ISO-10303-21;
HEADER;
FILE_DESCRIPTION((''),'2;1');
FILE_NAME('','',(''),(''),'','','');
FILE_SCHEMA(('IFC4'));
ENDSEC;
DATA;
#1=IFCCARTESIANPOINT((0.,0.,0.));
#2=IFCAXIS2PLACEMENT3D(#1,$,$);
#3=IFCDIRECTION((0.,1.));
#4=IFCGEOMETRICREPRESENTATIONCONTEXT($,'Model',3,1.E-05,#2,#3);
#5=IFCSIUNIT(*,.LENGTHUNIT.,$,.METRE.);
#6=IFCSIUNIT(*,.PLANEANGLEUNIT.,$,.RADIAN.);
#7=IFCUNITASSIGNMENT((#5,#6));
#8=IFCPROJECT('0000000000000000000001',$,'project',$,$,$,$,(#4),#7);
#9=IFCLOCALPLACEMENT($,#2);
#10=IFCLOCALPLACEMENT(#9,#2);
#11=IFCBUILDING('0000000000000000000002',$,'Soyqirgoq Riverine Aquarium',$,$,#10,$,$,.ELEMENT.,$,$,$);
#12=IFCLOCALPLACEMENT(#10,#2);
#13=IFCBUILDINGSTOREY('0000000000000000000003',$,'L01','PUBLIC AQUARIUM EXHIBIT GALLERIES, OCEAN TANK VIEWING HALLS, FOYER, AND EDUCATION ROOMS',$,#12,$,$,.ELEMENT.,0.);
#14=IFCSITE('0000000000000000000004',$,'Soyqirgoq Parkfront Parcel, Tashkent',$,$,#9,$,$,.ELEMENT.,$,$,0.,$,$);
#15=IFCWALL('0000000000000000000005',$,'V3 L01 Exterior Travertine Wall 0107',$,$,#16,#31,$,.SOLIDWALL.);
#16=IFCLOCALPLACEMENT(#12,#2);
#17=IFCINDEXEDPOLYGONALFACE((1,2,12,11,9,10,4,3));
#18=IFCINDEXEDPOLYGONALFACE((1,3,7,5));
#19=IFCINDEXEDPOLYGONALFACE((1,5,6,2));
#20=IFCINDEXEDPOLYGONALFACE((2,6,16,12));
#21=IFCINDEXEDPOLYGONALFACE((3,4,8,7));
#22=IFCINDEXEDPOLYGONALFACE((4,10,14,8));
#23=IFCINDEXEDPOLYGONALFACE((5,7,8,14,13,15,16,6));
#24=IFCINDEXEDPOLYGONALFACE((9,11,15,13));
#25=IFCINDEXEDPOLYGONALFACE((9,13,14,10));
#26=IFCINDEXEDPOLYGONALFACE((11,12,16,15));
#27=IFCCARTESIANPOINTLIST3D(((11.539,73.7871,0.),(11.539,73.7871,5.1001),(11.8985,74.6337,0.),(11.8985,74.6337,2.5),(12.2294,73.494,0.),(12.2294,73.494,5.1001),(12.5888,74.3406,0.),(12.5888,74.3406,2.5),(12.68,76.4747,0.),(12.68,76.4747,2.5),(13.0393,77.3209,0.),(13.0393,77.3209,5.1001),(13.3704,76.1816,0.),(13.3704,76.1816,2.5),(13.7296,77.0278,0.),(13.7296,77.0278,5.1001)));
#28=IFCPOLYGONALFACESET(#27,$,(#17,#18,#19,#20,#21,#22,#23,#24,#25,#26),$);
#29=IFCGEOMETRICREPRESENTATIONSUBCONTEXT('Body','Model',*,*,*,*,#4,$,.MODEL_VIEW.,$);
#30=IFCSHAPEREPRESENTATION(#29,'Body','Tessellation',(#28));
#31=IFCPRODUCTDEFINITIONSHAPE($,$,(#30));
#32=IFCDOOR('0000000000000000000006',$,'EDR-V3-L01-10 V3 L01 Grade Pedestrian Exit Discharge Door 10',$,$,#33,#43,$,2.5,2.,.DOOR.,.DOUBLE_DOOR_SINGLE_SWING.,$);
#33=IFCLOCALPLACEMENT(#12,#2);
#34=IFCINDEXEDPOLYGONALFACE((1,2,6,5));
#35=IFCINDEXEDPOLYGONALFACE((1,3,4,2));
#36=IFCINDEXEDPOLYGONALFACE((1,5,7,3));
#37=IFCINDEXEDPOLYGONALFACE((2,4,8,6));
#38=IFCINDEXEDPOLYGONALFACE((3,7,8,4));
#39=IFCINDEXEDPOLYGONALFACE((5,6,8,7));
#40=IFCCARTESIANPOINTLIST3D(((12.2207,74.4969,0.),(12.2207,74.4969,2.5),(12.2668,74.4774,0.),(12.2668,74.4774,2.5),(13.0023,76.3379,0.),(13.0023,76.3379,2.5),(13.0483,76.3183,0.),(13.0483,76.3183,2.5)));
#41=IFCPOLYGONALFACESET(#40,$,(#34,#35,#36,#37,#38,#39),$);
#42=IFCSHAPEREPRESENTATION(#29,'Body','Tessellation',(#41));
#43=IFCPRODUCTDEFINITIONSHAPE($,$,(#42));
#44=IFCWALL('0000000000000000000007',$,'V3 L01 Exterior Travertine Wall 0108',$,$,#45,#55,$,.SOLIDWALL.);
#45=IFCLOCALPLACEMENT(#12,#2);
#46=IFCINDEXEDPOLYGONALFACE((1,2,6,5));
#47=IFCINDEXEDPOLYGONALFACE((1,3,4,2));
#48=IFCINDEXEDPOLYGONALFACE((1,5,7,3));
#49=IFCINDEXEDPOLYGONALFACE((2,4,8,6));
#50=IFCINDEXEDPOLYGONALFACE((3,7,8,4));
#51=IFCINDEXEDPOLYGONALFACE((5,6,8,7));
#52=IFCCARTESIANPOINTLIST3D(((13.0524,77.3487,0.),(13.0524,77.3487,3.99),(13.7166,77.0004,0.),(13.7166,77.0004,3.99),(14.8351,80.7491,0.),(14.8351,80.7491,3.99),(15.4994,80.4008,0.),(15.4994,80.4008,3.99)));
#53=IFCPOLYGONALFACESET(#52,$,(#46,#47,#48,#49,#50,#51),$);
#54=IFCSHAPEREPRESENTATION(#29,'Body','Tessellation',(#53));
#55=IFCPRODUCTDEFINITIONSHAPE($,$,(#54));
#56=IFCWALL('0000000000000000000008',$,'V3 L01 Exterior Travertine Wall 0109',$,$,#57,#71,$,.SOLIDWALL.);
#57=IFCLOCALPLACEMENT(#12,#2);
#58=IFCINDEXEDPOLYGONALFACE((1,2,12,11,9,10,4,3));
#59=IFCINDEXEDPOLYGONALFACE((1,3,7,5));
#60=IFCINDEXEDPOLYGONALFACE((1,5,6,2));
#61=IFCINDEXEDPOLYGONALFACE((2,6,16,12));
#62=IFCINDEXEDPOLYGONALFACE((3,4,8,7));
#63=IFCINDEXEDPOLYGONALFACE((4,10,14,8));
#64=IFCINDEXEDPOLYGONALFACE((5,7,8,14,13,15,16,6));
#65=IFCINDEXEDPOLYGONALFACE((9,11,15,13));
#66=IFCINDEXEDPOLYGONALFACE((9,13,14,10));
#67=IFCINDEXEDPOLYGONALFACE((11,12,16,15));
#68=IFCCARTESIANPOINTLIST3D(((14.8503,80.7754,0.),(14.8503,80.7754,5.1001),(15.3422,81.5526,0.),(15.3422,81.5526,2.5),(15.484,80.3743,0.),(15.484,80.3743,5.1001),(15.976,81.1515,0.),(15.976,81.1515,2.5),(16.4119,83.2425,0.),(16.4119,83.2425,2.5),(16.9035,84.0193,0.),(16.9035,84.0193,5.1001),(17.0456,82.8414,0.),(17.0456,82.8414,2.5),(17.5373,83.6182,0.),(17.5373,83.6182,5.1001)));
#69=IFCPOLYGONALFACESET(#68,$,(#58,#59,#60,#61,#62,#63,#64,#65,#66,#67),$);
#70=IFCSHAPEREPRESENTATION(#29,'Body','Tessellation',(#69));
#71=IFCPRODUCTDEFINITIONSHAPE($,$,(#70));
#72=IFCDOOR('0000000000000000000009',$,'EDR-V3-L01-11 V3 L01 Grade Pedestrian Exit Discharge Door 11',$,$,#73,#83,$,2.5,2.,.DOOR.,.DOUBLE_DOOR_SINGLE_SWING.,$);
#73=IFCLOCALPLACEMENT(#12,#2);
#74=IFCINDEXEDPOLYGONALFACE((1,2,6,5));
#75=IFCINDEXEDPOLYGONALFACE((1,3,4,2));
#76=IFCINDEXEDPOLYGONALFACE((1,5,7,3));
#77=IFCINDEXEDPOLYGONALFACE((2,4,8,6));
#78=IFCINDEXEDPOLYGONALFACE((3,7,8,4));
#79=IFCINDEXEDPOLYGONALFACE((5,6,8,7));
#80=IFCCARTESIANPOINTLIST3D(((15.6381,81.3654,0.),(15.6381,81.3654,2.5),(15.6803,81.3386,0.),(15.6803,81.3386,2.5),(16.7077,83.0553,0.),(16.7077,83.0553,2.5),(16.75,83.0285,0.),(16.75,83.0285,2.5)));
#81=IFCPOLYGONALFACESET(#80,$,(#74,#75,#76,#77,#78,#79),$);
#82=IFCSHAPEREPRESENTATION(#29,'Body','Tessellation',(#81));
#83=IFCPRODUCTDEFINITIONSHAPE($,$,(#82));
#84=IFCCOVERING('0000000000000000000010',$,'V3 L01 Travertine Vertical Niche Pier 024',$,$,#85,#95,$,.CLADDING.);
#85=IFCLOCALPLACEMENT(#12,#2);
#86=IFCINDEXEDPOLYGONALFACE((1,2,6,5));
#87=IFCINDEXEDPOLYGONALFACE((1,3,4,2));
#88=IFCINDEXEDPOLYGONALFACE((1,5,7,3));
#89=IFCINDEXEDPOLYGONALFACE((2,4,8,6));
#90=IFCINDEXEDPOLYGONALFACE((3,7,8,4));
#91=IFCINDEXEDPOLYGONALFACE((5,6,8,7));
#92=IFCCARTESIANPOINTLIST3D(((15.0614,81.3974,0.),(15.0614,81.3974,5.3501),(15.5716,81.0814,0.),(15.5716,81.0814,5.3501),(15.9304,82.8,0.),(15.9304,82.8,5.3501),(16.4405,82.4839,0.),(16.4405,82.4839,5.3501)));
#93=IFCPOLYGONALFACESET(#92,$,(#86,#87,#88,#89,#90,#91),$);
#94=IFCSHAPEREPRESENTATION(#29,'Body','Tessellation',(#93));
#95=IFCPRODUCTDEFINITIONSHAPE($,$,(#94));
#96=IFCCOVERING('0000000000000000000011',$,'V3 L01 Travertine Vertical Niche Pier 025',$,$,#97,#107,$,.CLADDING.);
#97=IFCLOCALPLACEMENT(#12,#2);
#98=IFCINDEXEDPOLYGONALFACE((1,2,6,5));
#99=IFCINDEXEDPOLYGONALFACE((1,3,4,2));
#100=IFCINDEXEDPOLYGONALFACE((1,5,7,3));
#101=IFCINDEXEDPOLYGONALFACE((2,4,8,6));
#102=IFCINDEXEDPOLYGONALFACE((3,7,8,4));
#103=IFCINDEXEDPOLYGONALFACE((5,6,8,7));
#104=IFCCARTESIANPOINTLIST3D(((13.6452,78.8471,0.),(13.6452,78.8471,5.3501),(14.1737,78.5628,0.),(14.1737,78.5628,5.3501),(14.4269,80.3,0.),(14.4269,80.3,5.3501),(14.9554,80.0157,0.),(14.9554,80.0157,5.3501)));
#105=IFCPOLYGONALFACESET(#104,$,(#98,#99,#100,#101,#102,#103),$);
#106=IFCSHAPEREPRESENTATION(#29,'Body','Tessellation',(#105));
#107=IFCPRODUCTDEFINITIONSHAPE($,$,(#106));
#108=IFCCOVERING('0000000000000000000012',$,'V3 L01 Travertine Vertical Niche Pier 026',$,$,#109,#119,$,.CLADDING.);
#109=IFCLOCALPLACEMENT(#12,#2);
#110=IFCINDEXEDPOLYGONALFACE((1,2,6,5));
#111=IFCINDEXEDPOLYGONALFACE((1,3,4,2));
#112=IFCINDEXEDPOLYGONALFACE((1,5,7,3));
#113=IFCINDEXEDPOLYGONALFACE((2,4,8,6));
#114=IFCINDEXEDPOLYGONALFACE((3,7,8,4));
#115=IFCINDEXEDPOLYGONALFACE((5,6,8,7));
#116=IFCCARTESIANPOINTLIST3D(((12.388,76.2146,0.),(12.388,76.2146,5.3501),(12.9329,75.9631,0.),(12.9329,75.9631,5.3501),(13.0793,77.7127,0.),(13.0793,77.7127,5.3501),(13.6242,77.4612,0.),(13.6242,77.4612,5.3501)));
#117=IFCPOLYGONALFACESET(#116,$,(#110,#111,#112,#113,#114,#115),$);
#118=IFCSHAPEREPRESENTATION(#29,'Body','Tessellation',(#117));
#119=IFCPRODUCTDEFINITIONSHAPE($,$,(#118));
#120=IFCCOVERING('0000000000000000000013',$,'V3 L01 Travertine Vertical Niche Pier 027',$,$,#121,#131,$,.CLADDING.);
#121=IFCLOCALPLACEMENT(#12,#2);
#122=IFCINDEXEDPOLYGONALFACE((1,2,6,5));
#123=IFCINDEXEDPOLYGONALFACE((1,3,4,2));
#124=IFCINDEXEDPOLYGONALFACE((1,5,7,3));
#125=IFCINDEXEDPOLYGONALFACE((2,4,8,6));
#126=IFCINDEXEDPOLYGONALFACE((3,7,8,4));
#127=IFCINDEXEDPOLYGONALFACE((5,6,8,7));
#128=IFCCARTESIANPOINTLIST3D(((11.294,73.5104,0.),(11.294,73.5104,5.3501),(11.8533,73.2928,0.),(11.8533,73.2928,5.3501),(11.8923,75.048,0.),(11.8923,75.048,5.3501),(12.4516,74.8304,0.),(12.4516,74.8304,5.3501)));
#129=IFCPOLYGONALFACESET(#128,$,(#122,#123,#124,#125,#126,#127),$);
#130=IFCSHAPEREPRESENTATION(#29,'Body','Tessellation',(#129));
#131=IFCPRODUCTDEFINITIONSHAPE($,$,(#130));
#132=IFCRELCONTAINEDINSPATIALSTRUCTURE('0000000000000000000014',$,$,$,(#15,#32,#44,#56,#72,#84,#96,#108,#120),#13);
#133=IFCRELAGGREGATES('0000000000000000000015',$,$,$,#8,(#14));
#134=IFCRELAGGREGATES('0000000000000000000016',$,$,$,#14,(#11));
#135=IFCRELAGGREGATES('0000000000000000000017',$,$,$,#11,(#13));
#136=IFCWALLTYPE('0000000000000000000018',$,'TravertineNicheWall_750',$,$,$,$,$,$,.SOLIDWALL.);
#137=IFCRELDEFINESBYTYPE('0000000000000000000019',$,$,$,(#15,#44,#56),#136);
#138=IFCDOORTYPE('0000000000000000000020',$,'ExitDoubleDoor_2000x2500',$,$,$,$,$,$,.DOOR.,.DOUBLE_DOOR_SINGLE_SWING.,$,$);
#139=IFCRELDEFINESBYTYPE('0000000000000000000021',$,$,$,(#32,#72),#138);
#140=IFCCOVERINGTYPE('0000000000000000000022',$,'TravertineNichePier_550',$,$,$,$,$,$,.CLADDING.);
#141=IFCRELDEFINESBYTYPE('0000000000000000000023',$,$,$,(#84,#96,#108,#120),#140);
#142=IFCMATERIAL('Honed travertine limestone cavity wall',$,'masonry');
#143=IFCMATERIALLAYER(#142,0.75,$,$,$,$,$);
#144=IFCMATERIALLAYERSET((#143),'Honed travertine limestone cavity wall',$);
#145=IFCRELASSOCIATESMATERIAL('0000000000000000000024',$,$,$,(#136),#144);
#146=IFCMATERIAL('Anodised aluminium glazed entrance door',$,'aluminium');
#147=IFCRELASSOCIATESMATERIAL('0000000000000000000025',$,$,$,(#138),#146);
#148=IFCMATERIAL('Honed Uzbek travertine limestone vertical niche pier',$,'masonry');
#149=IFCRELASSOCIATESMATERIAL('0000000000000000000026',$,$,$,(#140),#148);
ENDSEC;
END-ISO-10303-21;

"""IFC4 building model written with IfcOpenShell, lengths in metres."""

from ifc_helpers import new_model, si_unit, direction, frame, frame_2d, origin, origin_2d, place, context, subcontext, project, spatial, rectangle, extrude, material, layer, layer_set, type_object, element, fill, save


model = new_model("IFC4")

# Units and contexts
model_context = context("Model", 3, precision=1e-05, world=origin(), true_north=direction((0.0, 1.0)))
body_context = subcontext(model_context, "Body", "Model", "MODEL_VIEW")
ifc_project = project(units=[si_unit("LENGTHUNIT", "METRE"), si_unit("PLANEANGLEUNIT", "RADIAN")], contexts=[model_context])

# Site, building, storey
site_placement = place(None, origin())
site = spatial("IfcSite", under=ifc_project, at=site_placement, Name="Soyqirgoq Parkfront Parcel, Tashkent", CompositionType="ELEMENT", RefElevation=0.0)
building_placement = place(site_placement, origin())
building = spatial("IfcBuilding", under=site, at=building_placement, Name="Soyqirgoq Riverine Aquarium", CompositionType="ELEMENT")
storey_placement = place(building_placement, origin())
storey = spatial("IfcBuildingStorey", under=building, at=storey_placement, Name="L01", Description="PUBLIC AQUARIUM EXHIBIT GALLERIES, OCEAN TANK VIEWING HALLS, FOYER, AND EDUCATION ROOMS", CompositionType="ELEMENT", Elevation=0.0)

# Wall, opening, door
ifc_material_1 = material(Name="Honed travertine limestone cavity wall", Category="masonry")
ifc_layer_1 = layer(ifc_material_1, 0.75)
ifc_layer_set_1 = layer_set([ifc_layer_1], Name="Honed travertine limestone cavity wall")
wall_type = type_object("IfcWallType", Name="TravertineNicheWall_750", PredefinedType="SOLIDWALL", material=ifc_layer_set_1)
wall_1_placement = place(storey_placement, frame((11.8843, 73.6406, 0.0), z_axis=(0.0, 0.0, 1.0), x_axis=(0.39077, 0.920488, 0.0)))
wall_1 = element("IfcWall", 1, at=wall_1_placement, inside=storey, type_object=wall_type, Name="V3 L01 Exterior Travertine Wall 0107", PredefinedType="SOLIDWALL", context=body_context, shape_type="SweptSolid", body=[
    extrude(rectangle(XDim=3.8391, YDim=0.75, at=frame_2d((1.9194, 0.0))), origin(), (0.0, 0.0, 1.0), 5.1001),
])
opening_1_placement = place(wall_1_placement, frame((0.9197, 0.0, 0.0)))
opening_1 = element("IfcOpeningElement", 2, at=opening_1_placement, cuts=wall_1, PredefinedType="OPENING", context=body_context, shape_type="SweptSolid", body=[
    extrude(rectangle(XDim=2.0, YDim=2.5, at=frame_2d((1.0, 1.25))), frame((0.0, 0.385, 0.0), z_axis=(0.0, -1.0, 0.0), x_axis=(1.0, 0.0, 0.0)), (0.0, 0.0, 1.0), 0.77),
])
ifc_material_2 = material(Name="Anodised aluminium glazed entrance door", Category="aluminium")
door_type = type_object("IfcDoorType", Name="ExitDoubleDoor_2000x2500", OperationType="DOUBLE_DOOR_SINGLE_SWING", PredefinedType="DOOR", material=ifc_material_2)
door_1_placement = place(opening_1_placement, origin())
door_1 = element("IfcDoor", 3, at=door_1_placement, inside=storey, type_object=door_type, Name="EDR-V3-L01-10 V3 L01 Grade Pedestrian Exit Discharge Door 10", OperationType="DOUBLE_DOOR_SINGLE_SWING", OverallHeight=2.5, OverallWidth=2.0, PredefinedType="DOOR", context=body_context, shape_type="SweptSolid", body=[
    extrude(rectangle(XDim=2.0, YDim=2.5, at=frame_2d((1.0, 1.25))), frame((0.0, 0.0249, 0.0), z_axis=(0.0, -1.0, 0.0), x_axis=(1.0, 0.0, 0.0)), (0.0, 0.0, 1.0), 0.05),
])
fill(opening_1, door_1)

# Wall
wall_2_placement = place(storey_placement, frame((13.3845, 77.1746, 0.0), z_axis=(0.0, 0.0, 1.0), x_axis=(0.464325, 0.885665, 0.0)))
element("IfcWall", 4, at=wall_2_placement, inside=storey, type_object=wall_type, Name="V3 L01 Exterior Travertine Wall 0108", PredefinedType="SOLIDWALL", context=body_context, shape_type="SweptSolid", body=[
    extrude(rectangle(XDim=3.8394, YDim=0.75, at=frame_2d((1.9197, 0.0))), origin(), (0.0, 0.0, 1.0), 3.99),
])

# Wall, opening, door
wall_3_placement = place(storey_placement, frame((15.1672, 80.575, 0.0), z_axis=(0.0, 0.0, 1.0), x_axis=(0.534821, 0.844966, 0.0)))
wall_3 = element("IfcWall", 5, at=wall_3_placement, inside=storey, type_object=wall_type, Name="V3 L01 Exterior Travertine Wall 0109", PredefinedType="SOLIDWALL", context=body_context, shape_type="SweptSolid", body=[
    extrude(rectangle(XDim=3.8391, YDim=0.75, at=frame_2d((1.9194, 0.0))), origin(), (0.0, 0.0, 1.0), 5.1001),
])
opening_2_placement = place(wall_3_placement, frame((0.9197, 0.0, 0.0)))
opening_2 = element("IfcOpeningElement", 6, at=opening_2_placement, cuts=wall_3, PredefinedType="OPENING", context=body_context, shape_type="SweptSolid", body=[
    extrude(rectangle(XDim=2.0, YDim=2.5, at=frame_2d((1.0, 1.25))), frame((0.0, 0.385, 0.0), z_axis=(0.0, -1.0, 0.0), x_axis=(1.0, 0.0, 0.0)), (0.0, 0.0, 1.0), 0.77),
])
door_2_placement = place(opening_2_placement, origin())
door_2 = element("IfcDoor", 7, at=door_2_placement, inside=storey, type_object=door_type, Name="EDR-V3-L01-11 V3 L01 Grade Pedestrian Exit Discharge Door 11", OperationType="DOUBLE_DOOR_SINGLE_SWING", OverallHeight=2.5, OverallWidth=2.0, PredefinedType="DOOR", context=body_context, shape_type="SweptSolid", body=[
    extrude(rectangle(XDim=2.0, YDim=2.5, at=frame_2d((1.0, 1.25))), frame((0.0, 0.0249, 0.0), z_axis=(0.0, -1.0, 0.0), x_axis=(1.0, 0.0, 0.0)), (0.0, 0.0, 1.0), 0.05),
])
fill(opening_2, door_2)

# Coverings
ifc_material_3 = material(Name="Honed Uzbek travertine limestone vertical niche pier", Category="masonry")
covering_type = type_object("IfcCoveringType", Name="TravertineNichePier_550", PredefinedType="CLADDING", material=ifc_material_3)
for number, where, z_axis, x_axis, name in (
    (8, (15.751, 81.9407, 0.0), (0.0, 0.0, 1.0), (-0.850077, 0.526659, 0.0), "V3 L01 Travertine Vertical Niche Pier 024"),
    (9, (14.3003, 79.4314, 0.0), (0.0, 0.0, 1.0), (-0.880643, 0.473781, 0.0), "V3 L01 Travertine Vertical Niche Pier 025"),
    (10, (13.0061, 76.8379, 0.0), (0.0, 0.0, 1.0), (-0.907997, 0.418977, 0.0), "V3 L01 Travertine Vertical Niche Pier 026"),
    (11, (11.8728, 74.1704, 0.0), (0.0, 0.0, 1.0), (-0.931945, 0.362601, 0.0), "V3 L01 Travertine Vertical Niche Pier 027"),
):
    element("IfcCovering", number, at=place(storey_placement, frame(where, z_axis=z_axis, x_axis=x_axis)), inside=storey, type_object=covering_type, Name=name, PredefinedType="CLADDING", context=body_context, shape_type="SweptSolid", body=[
        extrude(rectangle(XDim=0.6001, YDim=1.6499, at=origin_2d()), origin(), (0.0, 0.0, 1.0), 5.3501),
    ])

save(model, "model.ifc")
